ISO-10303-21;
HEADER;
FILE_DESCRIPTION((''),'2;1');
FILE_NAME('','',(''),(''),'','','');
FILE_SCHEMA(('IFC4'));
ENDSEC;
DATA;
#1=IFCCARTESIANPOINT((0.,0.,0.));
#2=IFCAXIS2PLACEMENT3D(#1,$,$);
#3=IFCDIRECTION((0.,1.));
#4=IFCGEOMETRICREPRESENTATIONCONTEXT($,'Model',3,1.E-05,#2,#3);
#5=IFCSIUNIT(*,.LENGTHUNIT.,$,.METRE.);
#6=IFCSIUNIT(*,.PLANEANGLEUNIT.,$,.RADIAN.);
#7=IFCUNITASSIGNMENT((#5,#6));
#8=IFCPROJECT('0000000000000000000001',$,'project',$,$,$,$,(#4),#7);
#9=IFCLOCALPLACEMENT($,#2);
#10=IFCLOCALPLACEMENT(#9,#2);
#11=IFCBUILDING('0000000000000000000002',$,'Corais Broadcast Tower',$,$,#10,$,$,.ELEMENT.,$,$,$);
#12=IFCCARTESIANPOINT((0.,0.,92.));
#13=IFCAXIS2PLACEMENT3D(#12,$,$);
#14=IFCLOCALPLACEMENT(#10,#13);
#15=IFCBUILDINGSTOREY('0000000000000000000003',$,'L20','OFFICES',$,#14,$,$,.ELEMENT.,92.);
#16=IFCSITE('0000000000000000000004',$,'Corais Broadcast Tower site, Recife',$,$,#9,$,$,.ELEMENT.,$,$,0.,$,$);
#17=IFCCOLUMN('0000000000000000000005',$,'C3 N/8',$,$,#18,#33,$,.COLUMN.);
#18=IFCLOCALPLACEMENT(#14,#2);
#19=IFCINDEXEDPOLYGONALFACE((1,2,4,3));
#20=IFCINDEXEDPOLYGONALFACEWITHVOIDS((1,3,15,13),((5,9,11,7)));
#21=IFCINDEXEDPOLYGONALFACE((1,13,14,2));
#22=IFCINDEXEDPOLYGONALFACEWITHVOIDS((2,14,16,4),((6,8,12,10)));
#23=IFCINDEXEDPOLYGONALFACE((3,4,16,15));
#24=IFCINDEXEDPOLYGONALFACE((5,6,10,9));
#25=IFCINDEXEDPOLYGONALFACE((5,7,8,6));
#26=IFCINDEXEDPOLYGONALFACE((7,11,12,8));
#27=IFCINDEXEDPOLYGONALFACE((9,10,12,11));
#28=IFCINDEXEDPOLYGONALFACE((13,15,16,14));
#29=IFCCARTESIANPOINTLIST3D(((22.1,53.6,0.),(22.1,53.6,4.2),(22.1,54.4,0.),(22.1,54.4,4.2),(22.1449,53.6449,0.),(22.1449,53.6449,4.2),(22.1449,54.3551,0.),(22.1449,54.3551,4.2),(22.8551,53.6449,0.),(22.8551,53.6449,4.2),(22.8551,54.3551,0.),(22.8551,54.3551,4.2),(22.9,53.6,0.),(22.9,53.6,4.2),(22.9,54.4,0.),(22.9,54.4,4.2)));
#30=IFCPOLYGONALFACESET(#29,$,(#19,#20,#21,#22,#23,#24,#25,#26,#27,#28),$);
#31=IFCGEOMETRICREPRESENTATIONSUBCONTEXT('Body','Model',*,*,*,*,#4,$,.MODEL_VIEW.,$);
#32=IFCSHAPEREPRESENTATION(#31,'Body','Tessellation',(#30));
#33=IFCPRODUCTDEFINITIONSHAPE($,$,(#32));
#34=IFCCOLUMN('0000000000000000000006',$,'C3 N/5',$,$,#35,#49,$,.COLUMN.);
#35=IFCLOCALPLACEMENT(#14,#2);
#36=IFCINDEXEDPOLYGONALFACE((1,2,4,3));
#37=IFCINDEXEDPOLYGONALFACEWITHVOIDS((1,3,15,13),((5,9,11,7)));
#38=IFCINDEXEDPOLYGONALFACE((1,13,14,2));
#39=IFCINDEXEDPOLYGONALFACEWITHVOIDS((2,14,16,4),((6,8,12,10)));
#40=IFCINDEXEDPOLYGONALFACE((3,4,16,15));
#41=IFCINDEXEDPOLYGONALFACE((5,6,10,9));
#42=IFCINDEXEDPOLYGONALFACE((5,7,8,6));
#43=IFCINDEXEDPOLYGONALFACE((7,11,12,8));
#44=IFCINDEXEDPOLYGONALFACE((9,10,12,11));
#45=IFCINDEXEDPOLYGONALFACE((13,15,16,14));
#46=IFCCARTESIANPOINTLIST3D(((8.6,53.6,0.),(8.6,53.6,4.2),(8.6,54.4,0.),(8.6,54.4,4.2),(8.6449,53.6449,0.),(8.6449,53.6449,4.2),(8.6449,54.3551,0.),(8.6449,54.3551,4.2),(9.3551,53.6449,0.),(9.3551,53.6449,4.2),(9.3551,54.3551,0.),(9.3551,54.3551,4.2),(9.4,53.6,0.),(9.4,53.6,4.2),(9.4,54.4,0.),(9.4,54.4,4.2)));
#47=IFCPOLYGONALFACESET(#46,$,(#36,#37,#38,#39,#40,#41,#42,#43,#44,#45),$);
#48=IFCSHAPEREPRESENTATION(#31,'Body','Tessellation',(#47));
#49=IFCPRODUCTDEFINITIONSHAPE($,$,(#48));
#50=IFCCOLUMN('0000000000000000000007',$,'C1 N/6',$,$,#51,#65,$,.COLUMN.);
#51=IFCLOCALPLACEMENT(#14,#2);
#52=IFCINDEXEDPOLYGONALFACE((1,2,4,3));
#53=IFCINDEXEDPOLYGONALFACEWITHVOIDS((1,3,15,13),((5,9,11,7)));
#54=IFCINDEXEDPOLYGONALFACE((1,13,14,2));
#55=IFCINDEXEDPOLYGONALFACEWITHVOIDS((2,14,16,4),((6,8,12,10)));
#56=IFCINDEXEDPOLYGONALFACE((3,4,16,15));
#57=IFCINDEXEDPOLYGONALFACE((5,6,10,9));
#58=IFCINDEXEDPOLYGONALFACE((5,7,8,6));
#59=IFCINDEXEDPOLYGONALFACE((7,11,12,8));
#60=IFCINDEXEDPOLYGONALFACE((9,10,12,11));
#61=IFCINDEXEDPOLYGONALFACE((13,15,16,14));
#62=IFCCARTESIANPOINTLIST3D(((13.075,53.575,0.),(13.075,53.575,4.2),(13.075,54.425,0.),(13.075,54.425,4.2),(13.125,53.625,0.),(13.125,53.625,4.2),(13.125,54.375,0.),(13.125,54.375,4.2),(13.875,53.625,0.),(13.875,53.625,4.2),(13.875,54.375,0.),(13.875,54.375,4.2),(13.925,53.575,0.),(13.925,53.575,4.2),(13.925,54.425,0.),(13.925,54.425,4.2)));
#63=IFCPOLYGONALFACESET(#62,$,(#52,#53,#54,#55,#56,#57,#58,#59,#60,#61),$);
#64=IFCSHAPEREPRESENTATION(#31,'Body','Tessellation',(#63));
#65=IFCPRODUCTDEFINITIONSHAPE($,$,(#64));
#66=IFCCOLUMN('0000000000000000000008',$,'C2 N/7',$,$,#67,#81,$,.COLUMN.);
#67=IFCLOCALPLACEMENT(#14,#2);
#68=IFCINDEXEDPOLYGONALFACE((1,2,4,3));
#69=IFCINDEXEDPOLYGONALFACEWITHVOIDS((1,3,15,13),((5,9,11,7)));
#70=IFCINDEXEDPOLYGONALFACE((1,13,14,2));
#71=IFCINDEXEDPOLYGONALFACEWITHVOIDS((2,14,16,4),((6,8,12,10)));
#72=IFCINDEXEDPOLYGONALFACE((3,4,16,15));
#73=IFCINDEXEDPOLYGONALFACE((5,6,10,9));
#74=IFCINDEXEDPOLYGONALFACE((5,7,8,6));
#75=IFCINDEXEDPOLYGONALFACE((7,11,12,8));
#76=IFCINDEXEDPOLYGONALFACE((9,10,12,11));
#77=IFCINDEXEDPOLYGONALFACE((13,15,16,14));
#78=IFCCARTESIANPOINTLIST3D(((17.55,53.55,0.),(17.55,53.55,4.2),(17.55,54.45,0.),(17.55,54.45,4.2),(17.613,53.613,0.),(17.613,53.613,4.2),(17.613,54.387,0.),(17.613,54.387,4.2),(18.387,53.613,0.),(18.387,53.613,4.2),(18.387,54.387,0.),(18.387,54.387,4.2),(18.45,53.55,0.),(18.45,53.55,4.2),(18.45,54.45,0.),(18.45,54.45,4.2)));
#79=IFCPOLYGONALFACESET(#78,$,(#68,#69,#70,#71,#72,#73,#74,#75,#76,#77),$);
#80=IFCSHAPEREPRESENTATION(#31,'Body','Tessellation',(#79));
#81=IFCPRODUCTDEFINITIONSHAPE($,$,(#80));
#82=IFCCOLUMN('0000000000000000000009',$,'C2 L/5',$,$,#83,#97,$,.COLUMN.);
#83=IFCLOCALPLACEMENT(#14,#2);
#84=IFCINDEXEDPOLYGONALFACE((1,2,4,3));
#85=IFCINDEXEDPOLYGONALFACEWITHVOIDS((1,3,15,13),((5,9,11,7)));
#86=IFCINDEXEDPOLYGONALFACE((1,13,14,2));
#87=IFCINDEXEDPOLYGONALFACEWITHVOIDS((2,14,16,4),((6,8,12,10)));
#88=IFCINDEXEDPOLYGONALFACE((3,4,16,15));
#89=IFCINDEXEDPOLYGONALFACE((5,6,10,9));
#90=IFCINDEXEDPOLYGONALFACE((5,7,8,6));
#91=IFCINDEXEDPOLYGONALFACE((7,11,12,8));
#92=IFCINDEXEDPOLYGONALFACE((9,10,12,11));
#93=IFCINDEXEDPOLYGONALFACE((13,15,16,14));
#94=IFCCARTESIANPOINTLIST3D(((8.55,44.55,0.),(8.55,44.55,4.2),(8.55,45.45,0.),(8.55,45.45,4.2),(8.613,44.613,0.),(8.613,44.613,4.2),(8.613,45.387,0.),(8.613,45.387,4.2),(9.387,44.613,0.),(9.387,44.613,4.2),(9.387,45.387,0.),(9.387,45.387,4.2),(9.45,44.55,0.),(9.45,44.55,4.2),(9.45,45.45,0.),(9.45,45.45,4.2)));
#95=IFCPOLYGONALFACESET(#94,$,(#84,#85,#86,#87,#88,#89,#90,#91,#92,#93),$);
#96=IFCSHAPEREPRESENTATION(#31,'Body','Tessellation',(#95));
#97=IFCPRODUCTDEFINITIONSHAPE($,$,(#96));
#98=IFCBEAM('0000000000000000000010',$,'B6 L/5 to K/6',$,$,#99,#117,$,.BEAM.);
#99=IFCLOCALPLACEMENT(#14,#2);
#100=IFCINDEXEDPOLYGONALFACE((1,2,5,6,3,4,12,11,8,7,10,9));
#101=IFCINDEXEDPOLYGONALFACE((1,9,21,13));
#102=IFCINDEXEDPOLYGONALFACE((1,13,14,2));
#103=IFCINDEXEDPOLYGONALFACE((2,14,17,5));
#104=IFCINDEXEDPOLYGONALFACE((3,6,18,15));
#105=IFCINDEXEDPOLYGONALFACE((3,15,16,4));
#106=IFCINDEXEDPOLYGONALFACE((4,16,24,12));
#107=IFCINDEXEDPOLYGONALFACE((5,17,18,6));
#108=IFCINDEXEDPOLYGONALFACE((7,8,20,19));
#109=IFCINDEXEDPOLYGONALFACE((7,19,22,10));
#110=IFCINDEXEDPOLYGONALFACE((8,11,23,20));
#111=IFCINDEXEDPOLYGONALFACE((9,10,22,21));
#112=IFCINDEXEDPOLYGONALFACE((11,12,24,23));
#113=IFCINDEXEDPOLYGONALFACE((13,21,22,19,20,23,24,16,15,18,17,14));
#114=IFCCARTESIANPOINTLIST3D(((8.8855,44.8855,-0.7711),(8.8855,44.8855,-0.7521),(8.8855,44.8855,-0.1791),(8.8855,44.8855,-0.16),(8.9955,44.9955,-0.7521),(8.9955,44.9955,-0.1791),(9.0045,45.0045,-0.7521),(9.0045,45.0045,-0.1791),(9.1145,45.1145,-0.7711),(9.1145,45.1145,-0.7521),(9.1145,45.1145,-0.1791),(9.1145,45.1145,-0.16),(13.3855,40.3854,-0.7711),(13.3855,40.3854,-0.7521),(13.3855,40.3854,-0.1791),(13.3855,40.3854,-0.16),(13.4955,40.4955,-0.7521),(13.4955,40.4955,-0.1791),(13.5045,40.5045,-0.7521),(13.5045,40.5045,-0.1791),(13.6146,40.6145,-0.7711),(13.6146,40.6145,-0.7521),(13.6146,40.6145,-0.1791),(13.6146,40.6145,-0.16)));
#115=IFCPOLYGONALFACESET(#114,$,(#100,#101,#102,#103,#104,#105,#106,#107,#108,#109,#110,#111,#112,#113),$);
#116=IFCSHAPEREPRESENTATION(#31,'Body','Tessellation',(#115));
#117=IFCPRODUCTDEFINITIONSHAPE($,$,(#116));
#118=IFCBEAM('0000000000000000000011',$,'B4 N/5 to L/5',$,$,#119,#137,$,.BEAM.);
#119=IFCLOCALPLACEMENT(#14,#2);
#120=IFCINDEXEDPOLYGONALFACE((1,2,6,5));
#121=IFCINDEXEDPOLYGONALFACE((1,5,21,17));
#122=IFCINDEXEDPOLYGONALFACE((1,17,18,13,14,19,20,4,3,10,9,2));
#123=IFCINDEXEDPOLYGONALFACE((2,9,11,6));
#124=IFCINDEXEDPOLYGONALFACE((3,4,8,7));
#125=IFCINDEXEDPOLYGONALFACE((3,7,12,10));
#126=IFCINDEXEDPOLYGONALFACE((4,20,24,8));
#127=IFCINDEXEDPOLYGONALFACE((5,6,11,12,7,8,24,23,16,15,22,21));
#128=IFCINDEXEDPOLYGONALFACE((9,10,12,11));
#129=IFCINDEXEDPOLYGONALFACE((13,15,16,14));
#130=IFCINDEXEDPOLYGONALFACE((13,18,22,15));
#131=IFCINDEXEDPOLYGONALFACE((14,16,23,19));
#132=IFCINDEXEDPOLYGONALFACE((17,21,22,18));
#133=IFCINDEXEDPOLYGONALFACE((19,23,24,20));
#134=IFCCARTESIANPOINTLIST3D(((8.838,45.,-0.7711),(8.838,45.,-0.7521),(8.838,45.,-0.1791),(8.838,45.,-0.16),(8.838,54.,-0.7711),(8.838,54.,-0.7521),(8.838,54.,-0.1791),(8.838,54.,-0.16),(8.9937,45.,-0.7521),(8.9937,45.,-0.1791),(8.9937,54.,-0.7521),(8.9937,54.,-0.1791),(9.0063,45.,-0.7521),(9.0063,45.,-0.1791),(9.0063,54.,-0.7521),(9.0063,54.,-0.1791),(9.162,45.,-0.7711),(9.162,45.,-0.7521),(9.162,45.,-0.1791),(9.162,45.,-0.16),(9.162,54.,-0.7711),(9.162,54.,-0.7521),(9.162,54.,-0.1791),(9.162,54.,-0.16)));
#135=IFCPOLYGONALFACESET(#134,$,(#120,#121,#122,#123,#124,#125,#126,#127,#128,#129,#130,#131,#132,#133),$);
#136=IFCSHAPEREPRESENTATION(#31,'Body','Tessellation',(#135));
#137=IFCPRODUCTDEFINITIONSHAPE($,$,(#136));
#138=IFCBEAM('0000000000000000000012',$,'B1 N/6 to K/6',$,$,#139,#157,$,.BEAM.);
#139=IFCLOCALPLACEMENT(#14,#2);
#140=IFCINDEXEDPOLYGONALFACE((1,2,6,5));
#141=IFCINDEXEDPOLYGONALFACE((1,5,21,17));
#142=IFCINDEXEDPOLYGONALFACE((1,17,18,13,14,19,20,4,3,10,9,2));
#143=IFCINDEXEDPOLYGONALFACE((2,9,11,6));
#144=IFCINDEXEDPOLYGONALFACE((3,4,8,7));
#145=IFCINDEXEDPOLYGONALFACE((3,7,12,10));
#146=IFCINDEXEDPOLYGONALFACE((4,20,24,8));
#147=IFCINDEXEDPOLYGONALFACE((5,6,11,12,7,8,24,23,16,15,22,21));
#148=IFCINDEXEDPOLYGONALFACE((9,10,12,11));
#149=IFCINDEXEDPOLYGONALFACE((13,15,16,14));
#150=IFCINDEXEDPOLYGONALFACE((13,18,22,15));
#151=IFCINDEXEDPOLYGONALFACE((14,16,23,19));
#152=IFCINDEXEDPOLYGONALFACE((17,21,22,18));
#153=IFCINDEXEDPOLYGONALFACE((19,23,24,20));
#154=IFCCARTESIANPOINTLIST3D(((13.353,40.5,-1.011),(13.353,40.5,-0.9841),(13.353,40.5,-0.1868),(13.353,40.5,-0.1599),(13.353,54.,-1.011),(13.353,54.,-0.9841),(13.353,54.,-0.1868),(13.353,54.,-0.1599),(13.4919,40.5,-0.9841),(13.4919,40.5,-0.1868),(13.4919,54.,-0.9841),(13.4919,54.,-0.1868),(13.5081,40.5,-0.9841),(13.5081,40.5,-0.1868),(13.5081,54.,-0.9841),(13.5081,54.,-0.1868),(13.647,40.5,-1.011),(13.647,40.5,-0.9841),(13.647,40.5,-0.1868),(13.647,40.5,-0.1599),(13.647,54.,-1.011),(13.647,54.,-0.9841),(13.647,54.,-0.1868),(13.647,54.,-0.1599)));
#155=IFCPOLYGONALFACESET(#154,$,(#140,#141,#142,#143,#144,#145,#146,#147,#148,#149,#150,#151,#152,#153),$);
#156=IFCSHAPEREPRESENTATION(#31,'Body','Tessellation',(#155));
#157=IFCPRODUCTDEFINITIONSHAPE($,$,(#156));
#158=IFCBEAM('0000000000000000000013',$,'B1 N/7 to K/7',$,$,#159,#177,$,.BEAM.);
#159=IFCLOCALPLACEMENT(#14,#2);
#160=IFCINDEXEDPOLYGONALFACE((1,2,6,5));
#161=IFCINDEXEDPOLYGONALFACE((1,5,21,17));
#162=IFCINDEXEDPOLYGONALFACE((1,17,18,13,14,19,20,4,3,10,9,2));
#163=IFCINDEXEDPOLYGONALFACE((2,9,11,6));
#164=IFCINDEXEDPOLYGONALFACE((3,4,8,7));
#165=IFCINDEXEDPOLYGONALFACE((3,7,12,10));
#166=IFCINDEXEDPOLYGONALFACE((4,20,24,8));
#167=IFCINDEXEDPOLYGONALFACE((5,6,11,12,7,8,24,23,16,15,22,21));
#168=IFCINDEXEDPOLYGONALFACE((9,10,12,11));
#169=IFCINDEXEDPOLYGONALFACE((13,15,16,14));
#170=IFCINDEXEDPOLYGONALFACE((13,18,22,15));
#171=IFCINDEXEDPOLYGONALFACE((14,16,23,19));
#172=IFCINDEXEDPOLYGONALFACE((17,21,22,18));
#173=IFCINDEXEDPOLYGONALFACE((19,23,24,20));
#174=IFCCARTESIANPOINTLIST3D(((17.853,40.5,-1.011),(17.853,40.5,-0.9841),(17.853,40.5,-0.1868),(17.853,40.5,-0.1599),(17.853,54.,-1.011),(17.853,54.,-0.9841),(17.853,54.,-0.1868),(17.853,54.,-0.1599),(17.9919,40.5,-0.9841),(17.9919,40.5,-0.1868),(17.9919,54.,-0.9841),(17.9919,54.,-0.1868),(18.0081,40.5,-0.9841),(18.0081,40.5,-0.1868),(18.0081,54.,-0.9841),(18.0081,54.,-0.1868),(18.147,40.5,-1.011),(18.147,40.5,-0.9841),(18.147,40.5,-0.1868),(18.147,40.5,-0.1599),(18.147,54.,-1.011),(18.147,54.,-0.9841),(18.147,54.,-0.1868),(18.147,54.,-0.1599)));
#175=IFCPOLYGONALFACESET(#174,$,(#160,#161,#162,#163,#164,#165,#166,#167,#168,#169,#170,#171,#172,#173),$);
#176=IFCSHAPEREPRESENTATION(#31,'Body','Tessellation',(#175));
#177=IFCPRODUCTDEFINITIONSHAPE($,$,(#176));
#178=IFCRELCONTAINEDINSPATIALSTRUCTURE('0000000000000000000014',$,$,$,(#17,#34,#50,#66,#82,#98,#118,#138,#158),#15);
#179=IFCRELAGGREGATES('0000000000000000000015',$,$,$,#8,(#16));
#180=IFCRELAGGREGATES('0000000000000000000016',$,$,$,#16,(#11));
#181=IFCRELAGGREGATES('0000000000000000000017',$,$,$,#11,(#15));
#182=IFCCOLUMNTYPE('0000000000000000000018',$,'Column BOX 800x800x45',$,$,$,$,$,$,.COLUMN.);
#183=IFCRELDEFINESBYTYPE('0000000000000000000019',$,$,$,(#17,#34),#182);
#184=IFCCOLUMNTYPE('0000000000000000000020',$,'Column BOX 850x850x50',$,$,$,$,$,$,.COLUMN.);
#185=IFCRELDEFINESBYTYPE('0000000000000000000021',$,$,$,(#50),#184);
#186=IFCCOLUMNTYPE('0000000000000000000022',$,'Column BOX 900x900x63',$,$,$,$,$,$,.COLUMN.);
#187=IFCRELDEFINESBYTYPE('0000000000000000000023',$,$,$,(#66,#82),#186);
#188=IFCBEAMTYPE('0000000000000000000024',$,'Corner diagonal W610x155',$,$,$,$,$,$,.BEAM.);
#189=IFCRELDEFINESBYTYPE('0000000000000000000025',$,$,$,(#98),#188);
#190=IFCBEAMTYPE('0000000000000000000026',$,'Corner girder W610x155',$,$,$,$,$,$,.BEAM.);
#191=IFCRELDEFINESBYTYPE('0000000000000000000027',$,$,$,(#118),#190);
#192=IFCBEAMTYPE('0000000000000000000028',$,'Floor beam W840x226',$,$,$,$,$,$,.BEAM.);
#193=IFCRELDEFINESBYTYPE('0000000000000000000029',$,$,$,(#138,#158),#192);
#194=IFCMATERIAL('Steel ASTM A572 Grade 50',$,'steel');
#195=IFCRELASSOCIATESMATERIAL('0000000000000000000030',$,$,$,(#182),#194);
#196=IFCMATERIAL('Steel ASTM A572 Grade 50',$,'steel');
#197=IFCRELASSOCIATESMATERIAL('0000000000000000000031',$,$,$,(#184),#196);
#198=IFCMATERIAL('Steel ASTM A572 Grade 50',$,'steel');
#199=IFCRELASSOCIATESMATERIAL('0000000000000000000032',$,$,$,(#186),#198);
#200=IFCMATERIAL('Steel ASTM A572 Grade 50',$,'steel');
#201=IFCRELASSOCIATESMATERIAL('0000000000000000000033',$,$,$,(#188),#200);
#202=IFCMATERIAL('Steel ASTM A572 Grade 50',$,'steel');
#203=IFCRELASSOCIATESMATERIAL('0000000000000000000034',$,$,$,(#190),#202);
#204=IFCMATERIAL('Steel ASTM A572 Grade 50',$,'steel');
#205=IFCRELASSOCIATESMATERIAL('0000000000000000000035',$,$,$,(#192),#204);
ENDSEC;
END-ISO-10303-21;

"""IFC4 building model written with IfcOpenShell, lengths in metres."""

from ifc_helpers import new_model, si_unit, direction, frame, origin, origin_2d, place, context, subcontext, project, spatial, hollow_rectangle, i_section, extrude, material, material_profile, profile_set, type_object, element, save


model = new_model("IFC4")

# Units and contexts
model_context = context("Model", 3, precision=1e-05, world=origin(), true_north=direction((0.0, 1.0)))
body_context = subcontext(model_context, "Body", "Model", "MODEL_VIEW")
ifc_project = project(units=[si_unit("LENGTHUNIT", "METRE"), si_unit("PLANEANGLEUNIT", "RADIAN")], contexts=[model_context])

# Site, building, storey
site_placement = place(None, origin())
site = spatial("IfcSite", under=ifc_project, at=site_placement, Name="Corais Broadcast Tower site, Recife", CompositionType="ELEMENT", RefElevation=0.0)
building_placement = place(site_placement, origin())
building = spatial("IfcBuilding", under=site, at=building_placement, Name="Corais Broadcast Tower", CompositionType="ELEMENT")
storey_placement = place(building_placement, frame((0.0, 0.0, 92.0)))
storey = spatial("IfcBuildingStorey", under=building, at=storey_placement, Name="L20", Description="OFFICES", CompositionType="ELEMENT", Elevation=92.0)

# Columns
ifc_material_1 = material(Name="Steel ASTM A572 Grade 50", Category="steel")
ifc_material_profile_1 = material_profile(ifc_material_1, hollow_rectangle(XDim=0.8, YDim=0.8, WallThickness=0.0449, at=origin_2d()), Name="BOX 800x800x45")
ifc_profile_set_1 = profile_set([ifc_material_profile_1], Name="Steel ASTM A572 Grade 50")
column_type_1 = type_object("IfcColumnType", Name="Column BOX 800x800x45", PredefinedType="COLUMN", material=ifc_profile_set_1)
for number, where, z_axis, x_axis, name in (
    (1, (22.5, 54.0, 0.0), (0.0, 0.0, 1.0), (1.0, 0.0, 0.0), "C3 N/8"),
    (2, (9.0, 54.0, 0.0), (0.0, 0.0, 1.0), (1.0, 0.0, 0.0), "C3 N/5"),
):
    element("IfcColumn", number, at=place(storey_placement, frame(where, z_axis=z_axis, x_axis=x_axis)), inside=storey, type_object=column_type_1, Name=name, PredefinedType="COLUMN", context=body_context, shape_type="SweptSolid", body=[
        extrude(hollow_rectangle(XDim=0.8, YDim=0.8, WallThickness=0.0449, at=origin_2d()), origin(), (0.0, 0.0, 1.0), 4.2),
    ])
ifc_material_2 = material(Name="Steel ASTM A572 Grade 50", Category="steel")
ifc_material_profile_2 = material_profile(ifc_material_2, hollow_rectangle(XDim=0.8501, YDim=0.8501, WallThickness=0.05, at=origin_2d()), Name="BOX 850x850x50")
ifc_profile_set_2 = profile_set([ifc_material_profile_2], Name="Steel ASTM A572 Grade 50")
column_type_2 = type_object("IfcColumnType", Name="Column BOX 850x850x50", PredefinedType="COLUMN", material=ifc_profile_set_2)
column_placement = place(storey_placement, frame((13.5, 54.0, 0.0), z_axis=(0.0, 0.0, 1.0), x_axis=(1.0, 0.0, 0.0)))
element("IfcColumn", 3, at=column_placement, inside=storey, type_object=column_type_2, Name="C1 N/6", PredefinedType="COLUMN", context=body_context, shape_type="SweptSolid", body=[
    extrude(hollow_rectangle(XDim=0.8501, YDim=0.8501, WallThickness=0.05, at=origin_2d()), origin(), (0.0, 0.0, 1.0), 4.2),
])
ifc_material_3 = material(Name="Steel ASTM A572 Grade 50", Category="steel")
ifc_material_profile_3 = material_profile(ifc_material_3, hollow_rectangle(XDim=0.8999, YDim=0.8999, WallThickness=0.063, at=origin_2d()), Name="BOX 900x900x63")
ifc_profile_set_3 = profile_set([ifc_material_profile_3], Name="Steel ASTM A572 Grade 50")
column_type_3 = type_object("IfcColumnType", Name="Column BOX 900x900x63", PredefinedType="COLUMN", material=ifc_profile_set_3)
for number, where, z_axis, x_axis, name in (
    (4, (18.0, 54.0, 0.0), (0.0, 0.0, 1.0), (1.0, 0.0, 0.0), "C2 N/7"),
    (5, (9.0, 45.0, 0.0), (0.0, 0.0, 1.0), (1.0, 0.0, 0.0), "C2 L/5"),
):
    element("IfcColumn", number, at=place(storey_placement, frame(where, z_axis=z_axis, x_axis=x_axis)), inside=storey, type_object=column_type_3, Name=name, PredefinedType="COLUMN", context=body_context, shape_type="SweptSolid", body=[
        extrude(hollow_rectangle(XDim=0.8999, YDim=0.8999, WallThickness=0.063, at=origin_2d()), origin(), (0.0, 0.0, 1.0), 4.2),
    ])

# Beams
ifc_material_4 = material(Name="Steel ASTM A572 Grade 50", Category="steel")
ifc_material_profile_4 = material_profile(ifc_material_4, i_section(OverallWidth=0.324, OverallDepth=0.6111, WebThickness=0.0127, FlangeThickness=0.019, at=origin_2d()), Name="W610x155")
ifc_profile_set_4 = profile_set([ifc_material_profile_4], Name="Steel ASTM A572 Grade 50")
beam_type_1 = type_object("IfcBeamType", Name="Corner diagonal W610x155", PredefinedType="BEAM", material=ifc_profile_set_4)
beam_1_placement = place(storey_placement, frame((9.0, 45.0, -0.4656), z_axis=(0.707107, -0.707107, 0.0), x_axis=(0.707107, 0.707107, 0.0)))
element("IfcBeam", 6, at=beam_1_placement, inside=storey, type_object=beam_type_1, Name="B6 L/5 to K/6", PredefinedType="BEAM", context=body_context, shape_type="SweptSolid", body=[
    extrude(i_section(OverallWidth=0.324, OverallDepth=0.6111, WebThickness=0.0127, FlangeThickness=0.019, at=origin_2d()), origin(), (0.0, 0.0, 1.0), 6.364),
])
ifc_material_5 = material(Name="Steel ASTM A572 Grade 50", Category="steel")
ifc_material_profile_5 = material_profile(ifc_material_5, i_section(OverallWidth=0.324, OverallDepth=0.6111, WebThickness=0.0127, FlangeThickness=0.019, at=origin_2d()), Name="W610x155")
ifc_profile_set_5 = profile_set([ifc_material_profile_5], Name="Steel ASTM A572 Grade 50")
beam_type_2 = type_object("IfcBeamType", Name="Corner girder W610x155", PredefinedType="BEAM", material=ifc_profile_set_5)
beam_2_placement = place(storey_placement, frame((9.0, 54.0, -0.4656), z_axis=(0.0, -1.0, 0.0), x_axis=(1.0, 0.0, 0.0)))
element("IfcBeam", 7, at=beam_2_placement, inside=storey, type_object=beam_type_2, Name="B4 N/5 to L/5", PredefinedType="BEAM", context=body_context, shape_type="SweptSolid", body=[
    extrude(i_section(OverallWidth=0.324, OverallDepth=0.6111, WebThickness=0.0127, FlangeThickness=0.019, at=origin_2d()), origin(), (0.0, 0.0, 1.0), 9.0),
])
ifc_material_6 = material(Name="Steel ASTM A572 Grade 50", Category="steel")
ifc_material_profile_6 = material_profile(ifc_material_6, i_section(OverallWidth=0.2939, OverallDepth=0.8511, WebThickness=0.0161, FlangeThickness=0.0269, at=origin_2d()), Name="W840x226")
ifc_profile_set_6 = profile_set([ifc_material_profile_6], Name="Steel ASTM A572 Grade 50")
beam_type_3 = type_object("IfcBeamType", Name="Floor beam W840x226", PredefinedType="BEAM", material=ifc_profile_set_6)
for number, where, z_axis, x_axis, name in (
    (8, (13.5, 54.0, -0.5854), (0.0, -1.0, 0.0), (1.0, 0.0, 0.0), "B1 N/6 to K/6"),
    (9, (18.0, 54.0, -0.5854), (0.0, -1.0, 0.0), (1.0, 0.0, 0.0), "B1 N/7 to K/7"),
):
    element("IfcBeam", number, at=place(storey_placement, frame(where, z_axis=z_axis, x_axis=x_axis)), inside=storey, type_object=beam_type_3, Name=name, PredefinedType="BEAM", context=body_context, shape_type="SweptSolid", body=[
        extrude(i_section(OverallWidth=0.2939, OverallDepth=0.8511, WebThickness=0.0161, FlangeThickness=0.0269, at=origin_2d()), origin(), (0.0, 0.0, 1.0), 13.5),
    ])

save(model, "model.ifc")
